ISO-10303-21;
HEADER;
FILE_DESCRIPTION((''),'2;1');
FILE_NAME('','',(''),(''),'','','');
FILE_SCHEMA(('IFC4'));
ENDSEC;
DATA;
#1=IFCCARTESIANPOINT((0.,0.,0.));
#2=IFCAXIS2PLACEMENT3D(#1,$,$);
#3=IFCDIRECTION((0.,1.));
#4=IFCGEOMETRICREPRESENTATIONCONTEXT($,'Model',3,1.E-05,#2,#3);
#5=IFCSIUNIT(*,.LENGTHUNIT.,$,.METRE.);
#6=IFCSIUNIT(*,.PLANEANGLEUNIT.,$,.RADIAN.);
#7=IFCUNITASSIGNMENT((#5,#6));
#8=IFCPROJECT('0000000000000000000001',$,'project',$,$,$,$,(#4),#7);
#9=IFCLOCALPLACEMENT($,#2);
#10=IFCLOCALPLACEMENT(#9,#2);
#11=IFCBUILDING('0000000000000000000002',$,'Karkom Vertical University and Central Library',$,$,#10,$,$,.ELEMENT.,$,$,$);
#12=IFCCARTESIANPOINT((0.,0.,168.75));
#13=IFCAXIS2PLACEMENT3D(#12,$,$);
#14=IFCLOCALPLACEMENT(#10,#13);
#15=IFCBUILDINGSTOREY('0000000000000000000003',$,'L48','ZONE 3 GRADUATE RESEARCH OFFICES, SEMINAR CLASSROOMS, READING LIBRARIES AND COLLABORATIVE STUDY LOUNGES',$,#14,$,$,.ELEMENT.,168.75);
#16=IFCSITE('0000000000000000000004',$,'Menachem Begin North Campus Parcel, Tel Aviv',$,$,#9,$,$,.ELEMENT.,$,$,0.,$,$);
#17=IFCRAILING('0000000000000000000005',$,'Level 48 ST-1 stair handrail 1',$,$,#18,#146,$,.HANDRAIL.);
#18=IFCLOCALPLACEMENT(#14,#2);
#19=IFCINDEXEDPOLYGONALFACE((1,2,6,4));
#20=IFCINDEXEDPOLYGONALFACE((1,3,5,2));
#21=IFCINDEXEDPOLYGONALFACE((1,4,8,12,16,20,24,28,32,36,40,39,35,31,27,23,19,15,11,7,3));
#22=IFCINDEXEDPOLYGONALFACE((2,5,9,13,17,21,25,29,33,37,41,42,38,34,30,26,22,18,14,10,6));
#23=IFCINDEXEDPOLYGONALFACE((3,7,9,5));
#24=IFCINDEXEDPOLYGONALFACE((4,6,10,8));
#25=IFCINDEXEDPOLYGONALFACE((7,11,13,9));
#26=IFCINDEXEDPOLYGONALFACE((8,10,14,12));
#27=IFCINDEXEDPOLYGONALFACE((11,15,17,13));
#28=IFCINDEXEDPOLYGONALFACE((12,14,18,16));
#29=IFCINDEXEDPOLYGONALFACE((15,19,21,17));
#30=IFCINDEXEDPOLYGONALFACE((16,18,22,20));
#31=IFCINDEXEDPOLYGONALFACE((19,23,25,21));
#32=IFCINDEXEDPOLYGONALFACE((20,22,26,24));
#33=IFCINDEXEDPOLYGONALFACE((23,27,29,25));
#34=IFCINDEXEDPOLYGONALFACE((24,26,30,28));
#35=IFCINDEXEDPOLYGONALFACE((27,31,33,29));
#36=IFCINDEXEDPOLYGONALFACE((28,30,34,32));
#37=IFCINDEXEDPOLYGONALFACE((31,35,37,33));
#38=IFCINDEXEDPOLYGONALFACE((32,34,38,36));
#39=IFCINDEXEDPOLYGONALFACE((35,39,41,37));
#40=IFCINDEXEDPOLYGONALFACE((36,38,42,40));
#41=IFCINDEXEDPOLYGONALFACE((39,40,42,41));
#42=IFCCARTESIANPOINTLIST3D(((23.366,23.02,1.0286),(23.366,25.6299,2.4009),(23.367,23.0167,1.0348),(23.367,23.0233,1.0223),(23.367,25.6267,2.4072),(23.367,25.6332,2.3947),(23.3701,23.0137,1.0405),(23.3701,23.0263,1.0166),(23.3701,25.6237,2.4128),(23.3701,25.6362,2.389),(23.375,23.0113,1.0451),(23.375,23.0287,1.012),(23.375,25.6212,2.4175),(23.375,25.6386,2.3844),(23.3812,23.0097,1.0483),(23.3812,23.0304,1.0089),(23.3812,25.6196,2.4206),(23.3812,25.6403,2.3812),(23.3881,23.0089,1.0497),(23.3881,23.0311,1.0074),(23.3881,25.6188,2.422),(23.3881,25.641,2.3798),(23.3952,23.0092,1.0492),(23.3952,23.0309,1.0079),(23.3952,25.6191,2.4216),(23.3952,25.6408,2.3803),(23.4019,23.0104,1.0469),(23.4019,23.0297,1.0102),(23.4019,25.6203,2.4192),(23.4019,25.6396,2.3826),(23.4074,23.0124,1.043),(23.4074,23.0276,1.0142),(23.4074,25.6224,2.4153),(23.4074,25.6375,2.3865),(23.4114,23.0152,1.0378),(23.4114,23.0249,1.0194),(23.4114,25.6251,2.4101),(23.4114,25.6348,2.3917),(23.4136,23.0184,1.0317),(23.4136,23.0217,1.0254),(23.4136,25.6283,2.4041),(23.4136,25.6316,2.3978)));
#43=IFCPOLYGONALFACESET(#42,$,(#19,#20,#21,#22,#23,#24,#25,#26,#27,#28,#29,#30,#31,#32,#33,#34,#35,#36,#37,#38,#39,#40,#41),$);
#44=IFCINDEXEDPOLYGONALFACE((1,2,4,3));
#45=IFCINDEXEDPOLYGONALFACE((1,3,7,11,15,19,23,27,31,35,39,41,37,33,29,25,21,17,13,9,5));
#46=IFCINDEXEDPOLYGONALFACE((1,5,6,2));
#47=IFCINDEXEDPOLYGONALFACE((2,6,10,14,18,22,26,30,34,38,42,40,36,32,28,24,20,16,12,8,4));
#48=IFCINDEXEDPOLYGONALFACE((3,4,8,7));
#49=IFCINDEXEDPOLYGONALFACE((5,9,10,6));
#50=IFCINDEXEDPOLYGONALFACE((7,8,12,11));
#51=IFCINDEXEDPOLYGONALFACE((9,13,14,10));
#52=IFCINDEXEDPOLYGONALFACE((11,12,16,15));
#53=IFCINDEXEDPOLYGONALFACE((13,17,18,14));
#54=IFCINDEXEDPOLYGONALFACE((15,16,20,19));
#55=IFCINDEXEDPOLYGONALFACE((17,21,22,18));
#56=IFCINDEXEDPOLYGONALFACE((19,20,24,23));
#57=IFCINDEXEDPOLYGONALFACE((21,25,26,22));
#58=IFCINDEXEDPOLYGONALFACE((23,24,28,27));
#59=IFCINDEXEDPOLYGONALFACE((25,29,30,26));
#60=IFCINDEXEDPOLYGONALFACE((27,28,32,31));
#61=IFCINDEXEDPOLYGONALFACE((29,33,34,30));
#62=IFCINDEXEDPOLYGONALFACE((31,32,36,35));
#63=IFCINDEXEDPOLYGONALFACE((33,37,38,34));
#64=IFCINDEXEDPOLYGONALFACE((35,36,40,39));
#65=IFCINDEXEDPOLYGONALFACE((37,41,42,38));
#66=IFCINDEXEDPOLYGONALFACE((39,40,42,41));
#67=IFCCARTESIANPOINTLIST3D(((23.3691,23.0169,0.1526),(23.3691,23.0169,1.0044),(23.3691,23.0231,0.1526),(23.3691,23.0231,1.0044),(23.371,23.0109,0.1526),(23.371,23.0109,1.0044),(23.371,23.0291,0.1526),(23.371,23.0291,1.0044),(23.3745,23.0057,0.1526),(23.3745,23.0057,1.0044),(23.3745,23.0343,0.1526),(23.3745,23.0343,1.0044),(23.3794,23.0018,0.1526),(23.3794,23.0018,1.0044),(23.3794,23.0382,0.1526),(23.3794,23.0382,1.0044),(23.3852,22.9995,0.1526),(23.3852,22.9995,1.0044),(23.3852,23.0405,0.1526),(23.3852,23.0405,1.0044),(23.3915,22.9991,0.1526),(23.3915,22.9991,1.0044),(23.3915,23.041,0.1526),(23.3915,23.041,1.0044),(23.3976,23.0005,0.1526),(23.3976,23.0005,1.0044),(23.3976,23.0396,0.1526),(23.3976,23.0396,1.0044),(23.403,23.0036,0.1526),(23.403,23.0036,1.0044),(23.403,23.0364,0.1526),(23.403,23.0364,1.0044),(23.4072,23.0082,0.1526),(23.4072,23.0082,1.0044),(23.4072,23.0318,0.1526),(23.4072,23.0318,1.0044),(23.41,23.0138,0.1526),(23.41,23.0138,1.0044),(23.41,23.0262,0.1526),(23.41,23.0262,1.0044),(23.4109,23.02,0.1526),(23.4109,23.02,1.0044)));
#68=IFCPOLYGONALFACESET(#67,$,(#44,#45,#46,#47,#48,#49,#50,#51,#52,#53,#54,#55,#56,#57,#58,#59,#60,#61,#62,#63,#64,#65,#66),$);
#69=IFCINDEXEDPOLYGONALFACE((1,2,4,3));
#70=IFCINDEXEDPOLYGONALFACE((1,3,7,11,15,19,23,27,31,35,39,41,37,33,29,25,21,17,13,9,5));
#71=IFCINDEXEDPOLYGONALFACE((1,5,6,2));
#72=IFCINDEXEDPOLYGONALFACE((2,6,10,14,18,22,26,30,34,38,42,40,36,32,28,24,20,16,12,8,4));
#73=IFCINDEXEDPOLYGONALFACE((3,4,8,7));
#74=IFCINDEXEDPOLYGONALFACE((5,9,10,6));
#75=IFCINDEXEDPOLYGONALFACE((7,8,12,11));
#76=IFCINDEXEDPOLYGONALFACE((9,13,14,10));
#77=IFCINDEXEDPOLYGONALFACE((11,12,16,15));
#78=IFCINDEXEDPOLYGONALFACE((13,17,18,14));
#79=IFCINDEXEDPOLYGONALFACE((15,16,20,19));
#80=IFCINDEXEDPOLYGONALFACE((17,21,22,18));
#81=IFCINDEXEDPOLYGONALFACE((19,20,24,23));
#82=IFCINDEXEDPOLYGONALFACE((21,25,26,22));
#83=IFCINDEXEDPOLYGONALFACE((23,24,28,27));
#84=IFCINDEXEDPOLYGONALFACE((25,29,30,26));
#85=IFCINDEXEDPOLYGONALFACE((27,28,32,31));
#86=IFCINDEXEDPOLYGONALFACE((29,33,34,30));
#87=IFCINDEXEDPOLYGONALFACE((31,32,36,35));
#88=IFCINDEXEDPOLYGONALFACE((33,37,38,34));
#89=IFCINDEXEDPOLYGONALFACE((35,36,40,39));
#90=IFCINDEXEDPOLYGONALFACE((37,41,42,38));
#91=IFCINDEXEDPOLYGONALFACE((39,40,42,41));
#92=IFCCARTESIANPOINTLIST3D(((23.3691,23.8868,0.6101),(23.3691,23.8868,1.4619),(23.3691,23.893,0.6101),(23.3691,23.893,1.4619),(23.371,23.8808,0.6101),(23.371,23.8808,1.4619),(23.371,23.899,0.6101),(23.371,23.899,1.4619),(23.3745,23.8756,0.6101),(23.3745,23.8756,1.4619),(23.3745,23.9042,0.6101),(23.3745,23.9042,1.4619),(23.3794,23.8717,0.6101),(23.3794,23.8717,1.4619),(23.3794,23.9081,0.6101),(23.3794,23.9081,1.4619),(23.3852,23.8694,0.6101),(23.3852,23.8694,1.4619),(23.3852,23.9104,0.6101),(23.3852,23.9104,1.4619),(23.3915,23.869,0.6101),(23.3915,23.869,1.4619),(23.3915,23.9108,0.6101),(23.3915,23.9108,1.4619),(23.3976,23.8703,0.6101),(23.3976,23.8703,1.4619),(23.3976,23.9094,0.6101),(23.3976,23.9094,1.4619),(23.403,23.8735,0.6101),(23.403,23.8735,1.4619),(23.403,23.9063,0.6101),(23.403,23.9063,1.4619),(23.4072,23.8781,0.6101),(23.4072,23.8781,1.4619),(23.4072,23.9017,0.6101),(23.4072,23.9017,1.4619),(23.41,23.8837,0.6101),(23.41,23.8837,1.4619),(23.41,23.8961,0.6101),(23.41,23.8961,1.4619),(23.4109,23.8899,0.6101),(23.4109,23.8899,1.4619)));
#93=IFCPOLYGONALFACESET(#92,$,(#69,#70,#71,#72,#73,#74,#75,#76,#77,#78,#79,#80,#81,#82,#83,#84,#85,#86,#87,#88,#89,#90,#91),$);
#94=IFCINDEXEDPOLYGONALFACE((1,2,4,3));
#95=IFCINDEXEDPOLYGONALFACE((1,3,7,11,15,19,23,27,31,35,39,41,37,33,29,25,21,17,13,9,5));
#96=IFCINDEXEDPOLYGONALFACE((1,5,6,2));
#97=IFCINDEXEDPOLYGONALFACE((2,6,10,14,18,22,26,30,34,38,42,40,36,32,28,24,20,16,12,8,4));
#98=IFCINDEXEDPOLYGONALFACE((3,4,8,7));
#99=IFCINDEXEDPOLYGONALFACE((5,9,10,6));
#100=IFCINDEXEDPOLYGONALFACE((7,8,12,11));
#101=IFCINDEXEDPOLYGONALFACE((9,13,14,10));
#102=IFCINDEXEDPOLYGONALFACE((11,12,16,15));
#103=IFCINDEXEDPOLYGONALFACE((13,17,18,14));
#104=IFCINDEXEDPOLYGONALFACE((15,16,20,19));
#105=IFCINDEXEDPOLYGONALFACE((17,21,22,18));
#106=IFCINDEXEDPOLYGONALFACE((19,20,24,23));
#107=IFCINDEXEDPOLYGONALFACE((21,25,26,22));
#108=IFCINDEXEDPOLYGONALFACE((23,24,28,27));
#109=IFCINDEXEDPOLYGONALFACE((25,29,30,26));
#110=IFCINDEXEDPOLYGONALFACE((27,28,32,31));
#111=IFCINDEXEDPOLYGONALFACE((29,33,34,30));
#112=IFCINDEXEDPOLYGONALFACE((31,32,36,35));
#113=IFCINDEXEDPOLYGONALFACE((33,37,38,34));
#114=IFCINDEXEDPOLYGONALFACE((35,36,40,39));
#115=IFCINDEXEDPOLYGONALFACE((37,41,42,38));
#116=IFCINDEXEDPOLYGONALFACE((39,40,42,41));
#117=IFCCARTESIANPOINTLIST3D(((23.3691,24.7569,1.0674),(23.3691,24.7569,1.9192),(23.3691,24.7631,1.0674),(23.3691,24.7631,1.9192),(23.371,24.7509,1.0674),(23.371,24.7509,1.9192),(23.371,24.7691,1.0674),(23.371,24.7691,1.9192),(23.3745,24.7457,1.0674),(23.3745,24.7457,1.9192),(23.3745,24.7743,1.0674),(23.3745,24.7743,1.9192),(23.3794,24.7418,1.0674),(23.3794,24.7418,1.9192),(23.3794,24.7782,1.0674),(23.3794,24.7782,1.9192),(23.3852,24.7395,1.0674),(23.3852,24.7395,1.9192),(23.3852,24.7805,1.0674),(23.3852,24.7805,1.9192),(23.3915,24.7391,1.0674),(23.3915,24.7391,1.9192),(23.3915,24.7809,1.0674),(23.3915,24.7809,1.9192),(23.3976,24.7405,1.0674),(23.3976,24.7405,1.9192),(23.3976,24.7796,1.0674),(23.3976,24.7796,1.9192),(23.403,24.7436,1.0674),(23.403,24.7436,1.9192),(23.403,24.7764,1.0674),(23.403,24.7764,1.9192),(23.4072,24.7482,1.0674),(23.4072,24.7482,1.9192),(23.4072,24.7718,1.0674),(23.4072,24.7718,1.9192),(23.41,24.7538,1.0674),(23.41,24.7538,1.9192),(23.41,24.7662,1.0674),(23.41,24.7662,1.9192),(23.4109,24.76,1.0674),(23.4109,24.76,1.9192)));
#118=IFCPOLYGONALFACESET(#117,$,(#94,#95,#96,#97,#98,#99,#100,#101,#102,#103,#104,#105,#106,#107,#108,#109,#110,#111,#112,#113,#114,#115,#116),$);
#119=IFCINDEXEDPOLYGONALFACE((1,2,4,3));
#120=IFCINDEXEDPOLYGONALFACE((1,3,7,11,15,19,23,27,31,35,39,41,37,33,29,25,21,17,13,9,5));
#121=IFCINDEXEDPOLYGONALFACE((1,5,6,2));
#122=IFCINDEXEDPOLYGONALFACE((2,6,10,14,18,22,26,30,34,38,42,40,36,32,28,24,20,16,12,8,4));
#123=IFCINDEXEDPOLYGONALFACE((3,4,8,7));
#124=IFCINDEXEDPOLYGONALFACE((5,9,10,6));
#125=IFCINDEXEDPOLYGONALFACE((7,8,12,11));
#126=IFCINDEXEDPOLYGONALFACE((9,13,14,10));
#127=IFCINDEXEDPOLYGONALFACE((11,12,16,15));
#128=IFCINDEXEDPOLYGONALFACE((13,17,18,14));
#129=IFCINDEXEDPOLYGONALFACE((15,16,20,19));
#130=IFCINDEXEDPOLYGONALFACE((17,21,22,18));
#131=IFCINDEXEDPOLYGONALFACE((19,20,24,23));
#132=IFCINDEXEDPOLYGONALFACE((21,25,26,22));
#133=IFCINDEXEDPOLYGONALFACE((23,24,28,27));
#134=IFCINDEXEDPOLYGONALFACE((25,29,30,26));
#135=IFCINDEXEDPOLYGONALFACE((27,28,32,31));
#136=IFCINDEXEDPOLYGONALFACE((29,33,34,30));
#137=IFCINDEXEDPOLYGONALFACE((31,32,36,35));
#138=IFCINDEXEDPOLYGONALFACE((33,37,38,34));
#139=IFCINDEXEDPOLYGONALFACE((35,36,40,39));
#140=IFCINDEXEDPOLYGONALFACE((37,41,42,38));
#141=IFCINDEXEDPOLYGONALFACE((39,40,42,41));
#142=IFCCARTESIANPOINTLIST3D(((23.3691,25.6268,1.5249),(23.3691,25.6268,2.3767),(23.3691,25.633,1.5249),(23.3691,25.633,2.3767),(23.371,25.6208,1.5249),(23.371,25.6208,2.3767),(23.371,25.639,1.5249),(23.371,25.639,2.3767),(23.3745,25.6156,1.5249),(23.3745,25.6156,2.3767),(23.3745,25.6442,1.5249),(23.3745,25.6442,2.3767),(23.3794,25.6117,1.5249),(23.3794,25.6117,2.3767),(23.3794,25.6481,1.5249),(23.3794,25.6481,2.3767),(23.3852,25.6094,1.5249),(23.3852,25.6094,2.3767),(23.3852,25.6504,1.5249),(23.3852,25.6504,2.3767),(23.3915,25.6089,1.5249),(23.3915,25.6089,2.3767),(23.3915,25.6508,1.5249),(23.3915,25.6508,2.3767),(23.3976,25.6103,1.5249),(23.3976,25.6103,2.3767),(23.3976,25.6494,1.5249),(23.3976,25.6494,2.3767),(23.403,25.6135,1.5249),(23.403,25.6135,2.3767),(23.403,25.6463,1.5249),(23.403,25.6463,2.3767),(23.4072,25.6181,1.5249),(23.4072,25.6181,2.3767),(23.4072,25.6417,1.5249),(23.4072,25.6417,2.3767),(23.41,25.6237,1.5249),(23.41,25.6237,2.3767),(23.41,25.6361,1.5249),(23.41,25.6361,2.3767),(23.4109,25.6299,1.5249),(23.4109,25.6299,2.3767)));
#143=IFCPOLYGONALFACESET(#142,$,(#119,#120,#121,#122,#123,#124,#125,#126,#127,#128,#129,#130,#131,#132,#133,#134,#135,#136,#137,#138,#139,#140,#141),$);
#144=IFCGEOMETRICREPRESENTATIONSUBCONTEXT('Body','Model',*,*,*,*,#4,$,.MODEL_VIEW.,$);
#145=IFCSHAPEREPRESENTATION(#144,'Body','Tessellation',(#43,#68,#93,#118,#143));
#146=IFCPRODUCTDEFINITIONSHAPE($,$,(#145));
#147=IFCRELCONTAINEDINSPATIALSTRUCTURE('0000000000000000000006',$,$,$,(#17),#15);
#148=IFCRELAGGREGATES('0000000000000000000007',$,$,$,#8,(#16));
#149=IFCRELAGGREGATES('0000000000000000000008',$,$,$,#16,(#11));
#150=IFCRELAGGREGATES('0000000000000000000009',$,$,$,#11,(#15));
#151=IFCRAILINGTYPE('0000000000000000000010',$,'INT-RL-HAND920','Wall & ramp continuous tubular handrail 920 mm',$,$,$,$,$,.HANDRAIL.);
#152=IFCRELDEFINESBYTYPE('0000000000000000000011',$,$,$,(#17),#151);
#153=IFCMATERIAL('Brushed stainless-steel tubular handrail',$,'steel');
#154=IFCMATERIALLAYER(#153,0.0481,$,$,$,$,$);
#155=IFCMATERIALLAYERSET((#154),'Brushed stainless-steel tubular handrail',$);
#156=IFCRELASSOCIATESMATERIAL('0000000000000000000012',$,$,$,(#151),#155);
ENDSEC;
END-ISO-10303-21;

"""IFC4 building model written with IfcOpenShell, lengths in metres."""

from ifc_helpers import new_model, si_unit, direction, frame, origin, origin_2d, place, context, subcontext, project, spatial, circle, extrude, material, layer, layer_set, type_object, element, save


model = new_model("IFC4")

# Units and contexts
model_context = context("Model", 3, precision=1e-05, world=origin(), true_north=direction((0.0, 1.0)))
body_context = subcontext(model_context, "Body", "Model", "MODEL_VIEW")
ifc_project = project(units=[si_unit("LENGTHUNIT", "METRE"), si_unit("PLANEANGLEUNIT", "RADIAN")], contexts=[model_context])

# Site, building, storey
site_placement = place(None, origin())
site = spatial("IfcSite", under=ifc_project, at=site_placement, Name="Menachem Begin North Campus Parcel, Tel Aviv", CompositionType="ELEMENT", RefElevation=0.0)
building_placement = place(site_placement, origin())
building = spatial("IfcBuilding", under=site, at=building_placement, Name="Karkom Vertical University and Central Library", CompositionType="ELEMENT")
storey_placement = place(building_placement, frame((0.0, 0.0, 168.75)))
storey = spatial("IfcBuildingStorey", under=building, at=storey_placement, Name="L48", Description="ZONE 3 GRADUATE RESEARCH OFFICES, SEMINAR CLASSROOMS, READING LIBRARIES AND COLLABORATIVE STUDY LOUNGES", CompositionType="ELEMENT", Elevation=168.75)

# Railing
ifc_material_1 = material(Name="Brushed stainless-steel tubular handrail", Category="steel")
ifc_layer_1 = layer(ifc_material_1, 0.0481)
ifc_layer_set_1 = layer_set([ifc_layer_1], Name="Brushed stainless-steel tubular handrail")
railing_type_1 = type_object("IfcRailingType", Name="INT-RL-HAND920", Description="Wall & ramp continuous tubular handrail 920 mm", PredefinedType="HANDRAIL", material=ifc_layer_set_1)
railing_1_placement = place(storey_placement, frame((23.3899, 23.02, 0.1526)))
element("IfcRailing", 1, at=railing_1_placement, inside=storey, type_object=railing_type_1, Name="Level 48 ST-1 stair handrail 1", PredefinedType="HANDRAIL", context=body_context, shape_type="SweptSolid", body=[
    extrude(circle(Radius=0.0239, at=origin_2d()), frame((0.0, 0.0, 0.876), z_axis=(0.0, 0.8851, 0.465402), x_axis=(-1.0, 0.0, 0.0)), (0.0, 0.0, 1.0), 2.9487),
    extrude(circle(Radius=0.021, at=origin_2d()), origin(), (0.0, 0.0, 1.0), 0.8518),
    extrude(circle(Radius=0.021, at=origin_2d()), frame((0.0, 0.8699, 0.4575)), (0.0, 0.0, 1.0), 0.8518),
    extrude(circle(Radius=0.021, at=origin_2d()), frame((0.0, 1.74, 0.9148)), (0.0, 0.0, 1.0), 0.8518),
    extrude(circle(Radius=0.021, at=origin_2d()), frame((0.0, 2.6099, 1.3723)), (0.0, 0.0, 1.0), 0.8518),
])

save(model, "model.ifc")
